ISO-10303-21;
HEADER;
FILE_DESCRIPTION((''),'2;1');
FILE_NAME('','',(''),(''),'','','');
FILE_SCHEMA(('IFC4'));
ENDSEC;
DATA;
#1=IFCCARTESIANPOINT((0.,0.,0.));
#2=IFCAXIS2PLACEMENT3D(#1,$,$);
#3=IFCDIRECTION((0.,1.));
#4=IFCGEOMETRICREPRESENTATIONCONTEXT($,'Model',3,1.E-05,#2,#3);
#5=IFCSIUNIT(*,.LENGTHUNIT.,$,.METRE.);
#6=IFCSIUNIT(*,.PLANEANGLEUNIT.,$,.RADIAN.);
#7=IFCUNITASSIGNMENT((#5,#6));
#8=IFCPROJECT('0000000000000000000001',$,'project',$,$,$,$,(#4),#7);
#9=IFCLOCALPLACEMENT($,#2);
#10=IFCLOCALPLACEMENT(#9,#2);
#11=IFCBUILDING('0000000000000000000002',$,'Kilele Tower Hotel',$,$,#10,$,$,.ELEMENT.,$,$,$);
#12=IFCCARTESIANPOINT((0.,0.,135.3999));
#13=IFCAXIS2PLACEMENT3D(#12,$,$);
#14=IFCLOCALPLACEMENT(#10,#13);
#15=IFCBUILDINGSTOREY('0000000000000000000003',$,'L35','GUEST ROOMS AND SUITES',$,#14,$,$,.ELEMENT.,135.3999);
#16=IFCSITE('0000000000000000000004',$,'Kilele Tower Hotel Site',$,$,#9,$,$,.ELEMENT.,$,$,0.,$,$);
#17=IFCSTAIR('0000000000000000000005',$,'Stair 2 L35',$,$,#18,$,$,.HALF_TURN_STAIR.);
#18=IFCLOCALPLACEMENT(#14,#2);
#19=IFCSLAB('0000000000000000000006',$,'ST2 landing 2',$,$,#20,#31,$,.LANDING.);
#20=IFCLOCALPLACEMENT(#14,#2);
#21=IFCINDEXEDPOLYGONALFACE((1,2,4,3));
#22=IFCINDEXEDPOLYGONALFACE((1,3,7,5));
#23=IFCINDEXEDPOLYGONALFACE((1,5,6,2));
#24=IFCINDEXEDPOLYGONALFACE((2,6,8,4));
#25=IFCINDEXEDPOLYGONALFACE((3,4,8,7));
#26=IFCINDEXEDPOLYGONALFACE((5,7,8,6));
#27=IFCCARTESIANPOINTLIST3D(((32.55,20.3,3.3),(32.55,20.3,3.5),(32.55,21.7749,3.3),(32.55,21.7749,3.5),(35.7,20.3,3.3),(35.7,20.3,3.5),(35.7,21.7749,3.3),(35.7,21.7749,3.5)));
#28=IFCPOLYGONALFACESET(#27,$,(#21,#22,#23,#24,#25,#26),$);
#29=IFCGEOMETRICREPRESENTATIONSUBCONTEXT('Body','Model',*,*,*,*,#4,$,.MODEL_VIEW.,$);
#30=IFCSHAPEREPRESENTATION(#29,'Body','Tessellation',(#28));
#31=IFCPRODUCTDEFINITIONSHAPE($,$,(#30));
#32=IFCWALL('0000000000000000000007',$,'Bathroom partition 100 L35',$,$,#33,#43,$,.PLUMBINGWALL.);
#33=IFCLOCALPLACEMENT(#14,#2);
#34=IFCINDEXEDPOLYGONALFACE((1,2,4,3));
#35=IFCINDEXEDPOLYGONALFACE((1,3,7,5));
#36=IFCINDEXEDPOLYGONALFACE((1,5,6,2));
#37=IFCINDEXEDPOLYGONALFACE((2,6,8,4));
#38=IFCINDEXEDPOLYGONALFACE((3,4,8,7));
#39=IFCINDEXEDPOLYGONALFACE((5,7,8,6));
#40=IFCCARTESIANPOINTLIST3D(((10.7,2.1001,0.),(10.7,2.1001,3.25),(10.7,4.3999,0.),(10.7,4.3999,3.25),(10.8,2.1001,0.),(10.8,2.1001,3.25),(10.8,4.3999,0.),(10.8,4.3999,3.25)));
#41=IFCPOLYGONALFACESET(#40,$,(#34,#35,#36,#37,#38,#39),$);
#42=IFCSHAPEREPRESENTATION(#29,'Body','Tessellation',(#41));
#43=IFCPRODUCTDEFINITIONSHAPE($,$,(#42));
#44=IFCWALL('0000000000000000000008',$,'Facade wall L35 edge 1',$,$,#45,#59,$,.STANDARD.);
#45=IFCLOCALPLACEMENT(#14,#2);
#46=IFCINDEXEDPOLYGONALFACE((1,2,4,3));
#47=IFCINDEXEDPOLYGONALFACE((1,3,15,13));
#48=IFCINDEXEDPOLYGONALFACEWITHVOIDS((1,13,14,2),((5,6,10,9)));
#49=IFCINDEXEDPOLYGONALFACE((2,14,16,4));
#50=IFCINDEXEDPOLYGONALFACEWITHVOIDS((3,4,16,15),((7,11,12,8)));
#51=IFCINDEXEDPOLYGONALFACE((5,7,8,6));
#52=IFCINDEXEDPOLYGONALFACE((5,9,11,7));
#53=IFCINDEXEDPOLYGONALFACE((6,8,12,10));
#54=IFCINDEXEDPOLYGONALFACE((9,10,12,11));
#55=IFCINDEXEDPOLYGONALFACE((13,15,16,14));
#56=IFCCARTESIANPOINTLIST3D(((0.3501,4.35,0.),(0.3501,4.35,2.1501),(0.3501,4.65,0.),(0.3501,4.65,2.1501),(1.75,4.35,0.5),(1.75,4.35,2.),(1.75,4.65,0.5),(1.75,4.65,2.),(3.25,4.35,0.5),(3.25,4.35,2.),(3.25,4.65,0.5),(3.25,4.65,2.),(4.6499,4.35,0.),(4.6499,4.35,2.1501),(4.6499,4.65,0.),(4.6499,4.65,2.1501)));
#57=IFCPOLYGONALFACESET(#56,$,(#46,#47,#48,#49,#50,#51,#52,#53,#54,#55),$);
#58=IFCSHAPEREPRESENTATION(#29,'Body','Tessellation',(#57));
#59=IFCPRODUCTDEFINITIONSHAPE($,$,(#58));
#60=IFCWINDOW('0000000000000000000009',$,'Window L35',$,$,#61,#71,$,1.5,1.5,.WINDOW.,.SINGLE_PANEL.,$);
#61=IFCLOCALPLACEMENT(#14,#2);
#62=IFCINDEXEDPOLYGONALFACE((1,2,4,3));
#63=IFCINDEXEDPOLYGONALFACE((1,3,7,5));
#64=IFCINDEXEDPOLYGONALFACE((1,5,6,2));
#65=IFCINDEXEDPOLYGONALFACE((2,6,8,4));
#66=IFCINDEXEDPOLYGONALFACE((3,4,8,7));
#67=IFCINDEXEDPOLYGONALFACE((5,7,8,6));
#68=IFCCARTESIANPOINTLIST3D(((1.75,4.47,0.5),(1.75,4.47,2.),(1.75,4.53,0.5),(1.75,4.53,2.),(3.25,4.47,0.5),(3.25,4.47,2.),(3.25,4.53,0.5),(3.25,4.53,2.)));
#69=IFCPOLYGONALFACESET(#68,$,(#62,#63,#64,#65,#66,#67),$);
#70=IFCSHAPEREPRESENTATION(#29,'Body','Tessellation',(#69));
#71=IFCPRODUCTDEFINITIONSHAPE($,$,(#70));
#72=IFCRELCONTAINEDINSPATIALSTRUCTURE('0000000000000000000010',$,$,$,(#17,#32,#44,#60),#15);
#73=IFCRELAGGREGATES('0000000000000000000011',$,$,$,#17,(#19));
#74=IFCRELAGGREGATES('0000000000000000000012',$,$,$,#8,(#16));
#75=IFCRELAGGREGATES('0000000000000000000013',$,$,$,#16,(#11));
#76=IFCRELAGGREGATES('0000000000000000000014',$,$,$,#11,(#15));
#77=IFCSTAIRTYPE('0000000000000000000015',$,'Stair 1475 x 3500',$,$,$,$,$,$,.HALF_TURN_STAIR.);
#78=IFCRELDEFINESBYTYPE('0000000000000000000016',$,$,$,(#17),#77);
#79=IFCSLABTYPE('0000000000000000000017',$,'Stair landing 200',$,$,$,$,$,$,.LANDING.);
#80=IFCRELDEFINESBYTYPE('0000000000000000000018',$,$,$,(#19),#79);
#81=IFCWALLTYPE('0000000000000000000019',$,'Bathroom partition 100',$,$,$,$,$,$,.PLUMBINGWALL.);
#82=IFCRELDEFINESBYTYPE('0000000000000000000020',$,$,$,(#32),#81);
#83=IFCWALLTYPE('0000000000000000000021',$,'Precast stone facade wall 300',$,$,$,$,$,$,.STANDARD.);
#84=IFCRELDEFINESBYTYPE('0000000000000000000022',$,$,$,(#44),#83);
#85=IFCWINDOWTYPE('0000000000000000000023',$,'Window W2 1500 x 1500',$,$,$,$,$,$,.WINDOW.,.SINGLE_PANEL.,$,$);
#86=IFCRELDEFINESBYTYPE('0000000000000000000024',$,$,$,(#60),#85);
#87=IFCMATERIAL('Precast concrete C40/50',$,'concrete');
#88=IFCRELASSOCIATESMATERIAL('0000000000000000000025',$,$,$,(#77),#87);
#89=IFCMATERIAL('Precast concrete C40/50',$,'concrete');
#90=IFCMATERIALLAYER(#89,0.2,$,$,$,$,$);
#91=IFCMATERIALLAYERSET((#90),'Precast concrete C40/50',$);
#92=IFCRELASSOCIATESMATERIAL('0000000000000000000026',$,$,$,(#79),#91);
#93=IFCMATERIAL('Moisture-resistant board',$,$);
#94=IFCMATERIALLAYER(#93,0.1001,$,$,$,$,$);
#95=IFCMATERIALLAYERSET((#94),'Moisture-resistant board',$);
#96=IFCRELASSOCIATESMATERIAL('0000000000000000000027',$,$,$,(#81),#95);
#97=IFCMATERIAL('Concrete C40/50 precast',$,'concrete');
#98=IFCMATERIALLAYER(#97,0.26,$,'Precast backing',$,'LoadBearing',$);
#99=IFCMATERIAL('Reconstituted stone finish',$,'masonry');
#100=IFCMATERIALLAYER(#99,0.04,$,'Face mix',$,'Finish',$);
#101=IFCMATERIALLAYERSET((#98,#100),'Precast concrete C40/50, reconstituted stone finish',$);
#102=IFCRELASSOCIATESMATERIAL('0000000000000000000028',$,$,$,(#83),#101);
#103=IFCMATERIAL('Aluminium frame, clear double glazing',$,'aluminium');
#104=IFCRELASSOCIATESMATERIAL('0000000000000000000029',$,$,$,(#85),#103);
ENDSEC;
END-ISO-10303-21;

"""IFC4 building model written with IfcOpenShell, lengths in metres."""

from ifc_helpers import new_model, si_unit, direction, frame, frame_2d, origin, place, context, subcontext, project, spatial, polyline, rectangle, outline, extrude, material, layer, layer_set, type_object, element, fill, aggregate, save


model = new_model("IFC4")

# Units and contexts
model_context = context("Model", 3, precision=1e-05, world=origin(), true_north=direction((0.0, 1.0)))
body_context = subcontext(model_context, "Body", "Model", "MODEL_VIEW")
ifc_project = project(units=[si_unit("LENGTHUNIT", "METRE"), si_unit("PLANEANGLEUNIT", "RADIAN")], contexts=[model_context])

# Site, building, storey
site_placement = place(None, origin())
site = spatial("IfcSite", under=ifc_project, at=site_placement, Name="Kilele Tower Hotel Site", CompositionType="ELEMENT", RefElevation=0.0)
building_placement = place(site_placement, origin())
building = spatial("IfcBuilding", under=site, at=building_placement, Name="Kilele Tower Hotel", CompositionType="ELEMENT")
storey_placement = place(building_placement, frame((0.0, 0.0, 135.3999)))
storey = spatial("IfcBuildingStorey", under=building, at=storey_placement, Name="L35", Description="GUEST ROOMS AND SUITES", CompositionType="ELEMENT", Elevation=135.3999)

# Stair, slab
ifc_material_1 = material(Name="Precast concrete C40/50", Category="concrete")
stair_type = type_object("IfcStairType", Name="Stair 1475 x 3500", PredefinedType="HALF_TURN_STAIR", material=ifc_material_1)
ifc_material_2 = material(Name="Precast concrete C40/50", Category="concrete")
ifc_layer_1 = layer(ifc_material_2, 0.2)
ifc_layer_set_1 = layer_set([ifc_layer_1], Name="Precast concrete C40/50")
slab_type_1 = type_object("IfcSlabType", Name="Stair landing 200", PredefinedType="LANDING", material=ifc_layer_set_1)
stair_1_placement = place(storey_placement, origin())
stair_1 = element("IfcStair", 1, at=stair_1_placement, inside=storey, type_object=stair_type, Name="Stair 2 L35", PredefinedType="HALF_TURN_STAIR")
slab_1_placement = place(storey_placement, frame((0.0, 0.0, 3.3)))
slab_1 = element("IfcSlab", 2, at=slab_1_placement, type_object=slab_type_1, Name="ST2 landing 2", PredefinedType="LANDING", context=body_context, shape_type="SweptSolid", body=[
    extrude(outline(polyline([(32.55, 20.3), (35.7, 20.3), (35.7, 21.7749), (32.55, 21.7749), (32.55, 20.3)])), origin(), (0.0, 0.0, 1.0), 0.2),
])
aggregate(stair_1, [slab_1])

# Wall
ifc_material_3 = material(Name="Moisture-resistant board")
ifc_layer_2 = layer(ifc_material_3, 0.1001)
ifc_layer_set_2 = layer_set([ifc_layer_2], Name="Moisture-resistant board")
wall_type_1 = type_object("IfcWallType", Name="Bathroom partition 100", PredefinedType="PLUMBINGWALL", material=ifc_layer_set_2)
wall_1_placement = place(storey_placement, frame((10.75, 4.3999, 0.0), z_axis=(0.0, 0.0, 1.0), x_axis=(0.0, -1.0, 0.0)))
element("IfcWall", 3, at=wall_1_placement, inside=storey, type_object=wall_type_1, Name="Bathroom partition 100 L35", PredefinedType="PLUMBINGWALL", context=body_context, shape_type="SweptSolid", body=[
    extrude(rectangle(XDim=2.2998, YDim=0.1001, at=frame_2d((1.1499, 0.0))), origin(), (0.0, 0.0, 1.0), 3.25),
])

# Wall, opening, window
ifc_material_4 = material(Name="Concrete C40/50 precast", Category="concrete")
ifc_layer_3 = layer(ifc_material_4, 0.26, Name="Precast backing", Category="LoadBearing")
ifc_material_5 = material(Name="Reconstituted stone finish", Category="masonry")
ifc_layer_4 = layer(ifc_material_5, 0.04, Name="Face mix", Category="Finish")
ifc_layer_set_3 = layer_set([ifc_layer_3, ifc_layer_4], Name="Precast concrete C40/50, reconstituted stone finish")
wall_type_2 = type_object("IfcWallType", Name="Precast stone facade wall 300", PredefinedType="STANDARD", material=ifc_layer_set_3)
wall_2_placement = place(storey_placement, frame((0.3501, 4.5, 0.0), z_axis=(0.0, 0.0, 1.0), x_axis=(1.0, 0.0, 0.0)))
wall_2 = element("IfcWall", 4, at=wall_2_placement, inside=storey, type_object=wall_type_2, Name="Facade wall L35 edge 1", PredefinedType="STANDARD", context=body_context, shape_type="SweptSolid", body=[
    extrude(rectangle(XDim=4.2998, YDim=0.3, at=frame_2d((2.1499, 0.0))), origin(), (0.0, 0.0, 1.0), 2.1501),
])
opening_1_placement = place(wall_2_placement, frame((1.3999, 0.0, 0.5)))
opening_1 = element("IfcOpeningElement", 5, at=opening_1_placement, cuts=wall_2, PredefinedType="OPENING", context=body_context, shape_type="SweptSolid", body=[
    extrude(rectangle(XDim=1.5, YDim=1.5, at=frame_2d((0.75, 0.75))), frame((0.0, 0.1599, 0.0), z_axis=(0.0, -1.0, 0.0), x_axis=(1.0, 0.0, 0.0)), (0.0, 0.0, 1.0), 0.3201),
])
ifc_material_6 = material(Name="Aluminium frame, clear double glazing", Category="aluminium")
window_type = type_object("IfcWindowType", Name="Window W2 1500 x 1500", PartitioningType="SINGLE_PANEL", PredefinedType="WINDOW", material=ifc_material_6)
window_1_placement = place(opening_1_placement, origin())
window_1 = element("IfcWindow", 6, at=window_1_placement, inside=storey, type_object=window_type, Name="Window L35", OverallHeight=1.5, OverallWidth=1.5, PartitioningType="SINGLE_PANEL", PredefinedType="WINDOW", context=body_context, shape_type="SweptSolid", body=[
    extrude(rectangle(XDim=1.5, YDim=1.5, at=frame_2d((0.75, 0.75))), frame((0.0, 0.03, 0.0), z_axis=(0.0, -1.0, 0.0), x_axis=(1.0, 0.0, 0.0)), (0.0, 0.0, 1.0), 0.0601),
])
fill(opening_1, window_1)

save(model, "model.ifc")
